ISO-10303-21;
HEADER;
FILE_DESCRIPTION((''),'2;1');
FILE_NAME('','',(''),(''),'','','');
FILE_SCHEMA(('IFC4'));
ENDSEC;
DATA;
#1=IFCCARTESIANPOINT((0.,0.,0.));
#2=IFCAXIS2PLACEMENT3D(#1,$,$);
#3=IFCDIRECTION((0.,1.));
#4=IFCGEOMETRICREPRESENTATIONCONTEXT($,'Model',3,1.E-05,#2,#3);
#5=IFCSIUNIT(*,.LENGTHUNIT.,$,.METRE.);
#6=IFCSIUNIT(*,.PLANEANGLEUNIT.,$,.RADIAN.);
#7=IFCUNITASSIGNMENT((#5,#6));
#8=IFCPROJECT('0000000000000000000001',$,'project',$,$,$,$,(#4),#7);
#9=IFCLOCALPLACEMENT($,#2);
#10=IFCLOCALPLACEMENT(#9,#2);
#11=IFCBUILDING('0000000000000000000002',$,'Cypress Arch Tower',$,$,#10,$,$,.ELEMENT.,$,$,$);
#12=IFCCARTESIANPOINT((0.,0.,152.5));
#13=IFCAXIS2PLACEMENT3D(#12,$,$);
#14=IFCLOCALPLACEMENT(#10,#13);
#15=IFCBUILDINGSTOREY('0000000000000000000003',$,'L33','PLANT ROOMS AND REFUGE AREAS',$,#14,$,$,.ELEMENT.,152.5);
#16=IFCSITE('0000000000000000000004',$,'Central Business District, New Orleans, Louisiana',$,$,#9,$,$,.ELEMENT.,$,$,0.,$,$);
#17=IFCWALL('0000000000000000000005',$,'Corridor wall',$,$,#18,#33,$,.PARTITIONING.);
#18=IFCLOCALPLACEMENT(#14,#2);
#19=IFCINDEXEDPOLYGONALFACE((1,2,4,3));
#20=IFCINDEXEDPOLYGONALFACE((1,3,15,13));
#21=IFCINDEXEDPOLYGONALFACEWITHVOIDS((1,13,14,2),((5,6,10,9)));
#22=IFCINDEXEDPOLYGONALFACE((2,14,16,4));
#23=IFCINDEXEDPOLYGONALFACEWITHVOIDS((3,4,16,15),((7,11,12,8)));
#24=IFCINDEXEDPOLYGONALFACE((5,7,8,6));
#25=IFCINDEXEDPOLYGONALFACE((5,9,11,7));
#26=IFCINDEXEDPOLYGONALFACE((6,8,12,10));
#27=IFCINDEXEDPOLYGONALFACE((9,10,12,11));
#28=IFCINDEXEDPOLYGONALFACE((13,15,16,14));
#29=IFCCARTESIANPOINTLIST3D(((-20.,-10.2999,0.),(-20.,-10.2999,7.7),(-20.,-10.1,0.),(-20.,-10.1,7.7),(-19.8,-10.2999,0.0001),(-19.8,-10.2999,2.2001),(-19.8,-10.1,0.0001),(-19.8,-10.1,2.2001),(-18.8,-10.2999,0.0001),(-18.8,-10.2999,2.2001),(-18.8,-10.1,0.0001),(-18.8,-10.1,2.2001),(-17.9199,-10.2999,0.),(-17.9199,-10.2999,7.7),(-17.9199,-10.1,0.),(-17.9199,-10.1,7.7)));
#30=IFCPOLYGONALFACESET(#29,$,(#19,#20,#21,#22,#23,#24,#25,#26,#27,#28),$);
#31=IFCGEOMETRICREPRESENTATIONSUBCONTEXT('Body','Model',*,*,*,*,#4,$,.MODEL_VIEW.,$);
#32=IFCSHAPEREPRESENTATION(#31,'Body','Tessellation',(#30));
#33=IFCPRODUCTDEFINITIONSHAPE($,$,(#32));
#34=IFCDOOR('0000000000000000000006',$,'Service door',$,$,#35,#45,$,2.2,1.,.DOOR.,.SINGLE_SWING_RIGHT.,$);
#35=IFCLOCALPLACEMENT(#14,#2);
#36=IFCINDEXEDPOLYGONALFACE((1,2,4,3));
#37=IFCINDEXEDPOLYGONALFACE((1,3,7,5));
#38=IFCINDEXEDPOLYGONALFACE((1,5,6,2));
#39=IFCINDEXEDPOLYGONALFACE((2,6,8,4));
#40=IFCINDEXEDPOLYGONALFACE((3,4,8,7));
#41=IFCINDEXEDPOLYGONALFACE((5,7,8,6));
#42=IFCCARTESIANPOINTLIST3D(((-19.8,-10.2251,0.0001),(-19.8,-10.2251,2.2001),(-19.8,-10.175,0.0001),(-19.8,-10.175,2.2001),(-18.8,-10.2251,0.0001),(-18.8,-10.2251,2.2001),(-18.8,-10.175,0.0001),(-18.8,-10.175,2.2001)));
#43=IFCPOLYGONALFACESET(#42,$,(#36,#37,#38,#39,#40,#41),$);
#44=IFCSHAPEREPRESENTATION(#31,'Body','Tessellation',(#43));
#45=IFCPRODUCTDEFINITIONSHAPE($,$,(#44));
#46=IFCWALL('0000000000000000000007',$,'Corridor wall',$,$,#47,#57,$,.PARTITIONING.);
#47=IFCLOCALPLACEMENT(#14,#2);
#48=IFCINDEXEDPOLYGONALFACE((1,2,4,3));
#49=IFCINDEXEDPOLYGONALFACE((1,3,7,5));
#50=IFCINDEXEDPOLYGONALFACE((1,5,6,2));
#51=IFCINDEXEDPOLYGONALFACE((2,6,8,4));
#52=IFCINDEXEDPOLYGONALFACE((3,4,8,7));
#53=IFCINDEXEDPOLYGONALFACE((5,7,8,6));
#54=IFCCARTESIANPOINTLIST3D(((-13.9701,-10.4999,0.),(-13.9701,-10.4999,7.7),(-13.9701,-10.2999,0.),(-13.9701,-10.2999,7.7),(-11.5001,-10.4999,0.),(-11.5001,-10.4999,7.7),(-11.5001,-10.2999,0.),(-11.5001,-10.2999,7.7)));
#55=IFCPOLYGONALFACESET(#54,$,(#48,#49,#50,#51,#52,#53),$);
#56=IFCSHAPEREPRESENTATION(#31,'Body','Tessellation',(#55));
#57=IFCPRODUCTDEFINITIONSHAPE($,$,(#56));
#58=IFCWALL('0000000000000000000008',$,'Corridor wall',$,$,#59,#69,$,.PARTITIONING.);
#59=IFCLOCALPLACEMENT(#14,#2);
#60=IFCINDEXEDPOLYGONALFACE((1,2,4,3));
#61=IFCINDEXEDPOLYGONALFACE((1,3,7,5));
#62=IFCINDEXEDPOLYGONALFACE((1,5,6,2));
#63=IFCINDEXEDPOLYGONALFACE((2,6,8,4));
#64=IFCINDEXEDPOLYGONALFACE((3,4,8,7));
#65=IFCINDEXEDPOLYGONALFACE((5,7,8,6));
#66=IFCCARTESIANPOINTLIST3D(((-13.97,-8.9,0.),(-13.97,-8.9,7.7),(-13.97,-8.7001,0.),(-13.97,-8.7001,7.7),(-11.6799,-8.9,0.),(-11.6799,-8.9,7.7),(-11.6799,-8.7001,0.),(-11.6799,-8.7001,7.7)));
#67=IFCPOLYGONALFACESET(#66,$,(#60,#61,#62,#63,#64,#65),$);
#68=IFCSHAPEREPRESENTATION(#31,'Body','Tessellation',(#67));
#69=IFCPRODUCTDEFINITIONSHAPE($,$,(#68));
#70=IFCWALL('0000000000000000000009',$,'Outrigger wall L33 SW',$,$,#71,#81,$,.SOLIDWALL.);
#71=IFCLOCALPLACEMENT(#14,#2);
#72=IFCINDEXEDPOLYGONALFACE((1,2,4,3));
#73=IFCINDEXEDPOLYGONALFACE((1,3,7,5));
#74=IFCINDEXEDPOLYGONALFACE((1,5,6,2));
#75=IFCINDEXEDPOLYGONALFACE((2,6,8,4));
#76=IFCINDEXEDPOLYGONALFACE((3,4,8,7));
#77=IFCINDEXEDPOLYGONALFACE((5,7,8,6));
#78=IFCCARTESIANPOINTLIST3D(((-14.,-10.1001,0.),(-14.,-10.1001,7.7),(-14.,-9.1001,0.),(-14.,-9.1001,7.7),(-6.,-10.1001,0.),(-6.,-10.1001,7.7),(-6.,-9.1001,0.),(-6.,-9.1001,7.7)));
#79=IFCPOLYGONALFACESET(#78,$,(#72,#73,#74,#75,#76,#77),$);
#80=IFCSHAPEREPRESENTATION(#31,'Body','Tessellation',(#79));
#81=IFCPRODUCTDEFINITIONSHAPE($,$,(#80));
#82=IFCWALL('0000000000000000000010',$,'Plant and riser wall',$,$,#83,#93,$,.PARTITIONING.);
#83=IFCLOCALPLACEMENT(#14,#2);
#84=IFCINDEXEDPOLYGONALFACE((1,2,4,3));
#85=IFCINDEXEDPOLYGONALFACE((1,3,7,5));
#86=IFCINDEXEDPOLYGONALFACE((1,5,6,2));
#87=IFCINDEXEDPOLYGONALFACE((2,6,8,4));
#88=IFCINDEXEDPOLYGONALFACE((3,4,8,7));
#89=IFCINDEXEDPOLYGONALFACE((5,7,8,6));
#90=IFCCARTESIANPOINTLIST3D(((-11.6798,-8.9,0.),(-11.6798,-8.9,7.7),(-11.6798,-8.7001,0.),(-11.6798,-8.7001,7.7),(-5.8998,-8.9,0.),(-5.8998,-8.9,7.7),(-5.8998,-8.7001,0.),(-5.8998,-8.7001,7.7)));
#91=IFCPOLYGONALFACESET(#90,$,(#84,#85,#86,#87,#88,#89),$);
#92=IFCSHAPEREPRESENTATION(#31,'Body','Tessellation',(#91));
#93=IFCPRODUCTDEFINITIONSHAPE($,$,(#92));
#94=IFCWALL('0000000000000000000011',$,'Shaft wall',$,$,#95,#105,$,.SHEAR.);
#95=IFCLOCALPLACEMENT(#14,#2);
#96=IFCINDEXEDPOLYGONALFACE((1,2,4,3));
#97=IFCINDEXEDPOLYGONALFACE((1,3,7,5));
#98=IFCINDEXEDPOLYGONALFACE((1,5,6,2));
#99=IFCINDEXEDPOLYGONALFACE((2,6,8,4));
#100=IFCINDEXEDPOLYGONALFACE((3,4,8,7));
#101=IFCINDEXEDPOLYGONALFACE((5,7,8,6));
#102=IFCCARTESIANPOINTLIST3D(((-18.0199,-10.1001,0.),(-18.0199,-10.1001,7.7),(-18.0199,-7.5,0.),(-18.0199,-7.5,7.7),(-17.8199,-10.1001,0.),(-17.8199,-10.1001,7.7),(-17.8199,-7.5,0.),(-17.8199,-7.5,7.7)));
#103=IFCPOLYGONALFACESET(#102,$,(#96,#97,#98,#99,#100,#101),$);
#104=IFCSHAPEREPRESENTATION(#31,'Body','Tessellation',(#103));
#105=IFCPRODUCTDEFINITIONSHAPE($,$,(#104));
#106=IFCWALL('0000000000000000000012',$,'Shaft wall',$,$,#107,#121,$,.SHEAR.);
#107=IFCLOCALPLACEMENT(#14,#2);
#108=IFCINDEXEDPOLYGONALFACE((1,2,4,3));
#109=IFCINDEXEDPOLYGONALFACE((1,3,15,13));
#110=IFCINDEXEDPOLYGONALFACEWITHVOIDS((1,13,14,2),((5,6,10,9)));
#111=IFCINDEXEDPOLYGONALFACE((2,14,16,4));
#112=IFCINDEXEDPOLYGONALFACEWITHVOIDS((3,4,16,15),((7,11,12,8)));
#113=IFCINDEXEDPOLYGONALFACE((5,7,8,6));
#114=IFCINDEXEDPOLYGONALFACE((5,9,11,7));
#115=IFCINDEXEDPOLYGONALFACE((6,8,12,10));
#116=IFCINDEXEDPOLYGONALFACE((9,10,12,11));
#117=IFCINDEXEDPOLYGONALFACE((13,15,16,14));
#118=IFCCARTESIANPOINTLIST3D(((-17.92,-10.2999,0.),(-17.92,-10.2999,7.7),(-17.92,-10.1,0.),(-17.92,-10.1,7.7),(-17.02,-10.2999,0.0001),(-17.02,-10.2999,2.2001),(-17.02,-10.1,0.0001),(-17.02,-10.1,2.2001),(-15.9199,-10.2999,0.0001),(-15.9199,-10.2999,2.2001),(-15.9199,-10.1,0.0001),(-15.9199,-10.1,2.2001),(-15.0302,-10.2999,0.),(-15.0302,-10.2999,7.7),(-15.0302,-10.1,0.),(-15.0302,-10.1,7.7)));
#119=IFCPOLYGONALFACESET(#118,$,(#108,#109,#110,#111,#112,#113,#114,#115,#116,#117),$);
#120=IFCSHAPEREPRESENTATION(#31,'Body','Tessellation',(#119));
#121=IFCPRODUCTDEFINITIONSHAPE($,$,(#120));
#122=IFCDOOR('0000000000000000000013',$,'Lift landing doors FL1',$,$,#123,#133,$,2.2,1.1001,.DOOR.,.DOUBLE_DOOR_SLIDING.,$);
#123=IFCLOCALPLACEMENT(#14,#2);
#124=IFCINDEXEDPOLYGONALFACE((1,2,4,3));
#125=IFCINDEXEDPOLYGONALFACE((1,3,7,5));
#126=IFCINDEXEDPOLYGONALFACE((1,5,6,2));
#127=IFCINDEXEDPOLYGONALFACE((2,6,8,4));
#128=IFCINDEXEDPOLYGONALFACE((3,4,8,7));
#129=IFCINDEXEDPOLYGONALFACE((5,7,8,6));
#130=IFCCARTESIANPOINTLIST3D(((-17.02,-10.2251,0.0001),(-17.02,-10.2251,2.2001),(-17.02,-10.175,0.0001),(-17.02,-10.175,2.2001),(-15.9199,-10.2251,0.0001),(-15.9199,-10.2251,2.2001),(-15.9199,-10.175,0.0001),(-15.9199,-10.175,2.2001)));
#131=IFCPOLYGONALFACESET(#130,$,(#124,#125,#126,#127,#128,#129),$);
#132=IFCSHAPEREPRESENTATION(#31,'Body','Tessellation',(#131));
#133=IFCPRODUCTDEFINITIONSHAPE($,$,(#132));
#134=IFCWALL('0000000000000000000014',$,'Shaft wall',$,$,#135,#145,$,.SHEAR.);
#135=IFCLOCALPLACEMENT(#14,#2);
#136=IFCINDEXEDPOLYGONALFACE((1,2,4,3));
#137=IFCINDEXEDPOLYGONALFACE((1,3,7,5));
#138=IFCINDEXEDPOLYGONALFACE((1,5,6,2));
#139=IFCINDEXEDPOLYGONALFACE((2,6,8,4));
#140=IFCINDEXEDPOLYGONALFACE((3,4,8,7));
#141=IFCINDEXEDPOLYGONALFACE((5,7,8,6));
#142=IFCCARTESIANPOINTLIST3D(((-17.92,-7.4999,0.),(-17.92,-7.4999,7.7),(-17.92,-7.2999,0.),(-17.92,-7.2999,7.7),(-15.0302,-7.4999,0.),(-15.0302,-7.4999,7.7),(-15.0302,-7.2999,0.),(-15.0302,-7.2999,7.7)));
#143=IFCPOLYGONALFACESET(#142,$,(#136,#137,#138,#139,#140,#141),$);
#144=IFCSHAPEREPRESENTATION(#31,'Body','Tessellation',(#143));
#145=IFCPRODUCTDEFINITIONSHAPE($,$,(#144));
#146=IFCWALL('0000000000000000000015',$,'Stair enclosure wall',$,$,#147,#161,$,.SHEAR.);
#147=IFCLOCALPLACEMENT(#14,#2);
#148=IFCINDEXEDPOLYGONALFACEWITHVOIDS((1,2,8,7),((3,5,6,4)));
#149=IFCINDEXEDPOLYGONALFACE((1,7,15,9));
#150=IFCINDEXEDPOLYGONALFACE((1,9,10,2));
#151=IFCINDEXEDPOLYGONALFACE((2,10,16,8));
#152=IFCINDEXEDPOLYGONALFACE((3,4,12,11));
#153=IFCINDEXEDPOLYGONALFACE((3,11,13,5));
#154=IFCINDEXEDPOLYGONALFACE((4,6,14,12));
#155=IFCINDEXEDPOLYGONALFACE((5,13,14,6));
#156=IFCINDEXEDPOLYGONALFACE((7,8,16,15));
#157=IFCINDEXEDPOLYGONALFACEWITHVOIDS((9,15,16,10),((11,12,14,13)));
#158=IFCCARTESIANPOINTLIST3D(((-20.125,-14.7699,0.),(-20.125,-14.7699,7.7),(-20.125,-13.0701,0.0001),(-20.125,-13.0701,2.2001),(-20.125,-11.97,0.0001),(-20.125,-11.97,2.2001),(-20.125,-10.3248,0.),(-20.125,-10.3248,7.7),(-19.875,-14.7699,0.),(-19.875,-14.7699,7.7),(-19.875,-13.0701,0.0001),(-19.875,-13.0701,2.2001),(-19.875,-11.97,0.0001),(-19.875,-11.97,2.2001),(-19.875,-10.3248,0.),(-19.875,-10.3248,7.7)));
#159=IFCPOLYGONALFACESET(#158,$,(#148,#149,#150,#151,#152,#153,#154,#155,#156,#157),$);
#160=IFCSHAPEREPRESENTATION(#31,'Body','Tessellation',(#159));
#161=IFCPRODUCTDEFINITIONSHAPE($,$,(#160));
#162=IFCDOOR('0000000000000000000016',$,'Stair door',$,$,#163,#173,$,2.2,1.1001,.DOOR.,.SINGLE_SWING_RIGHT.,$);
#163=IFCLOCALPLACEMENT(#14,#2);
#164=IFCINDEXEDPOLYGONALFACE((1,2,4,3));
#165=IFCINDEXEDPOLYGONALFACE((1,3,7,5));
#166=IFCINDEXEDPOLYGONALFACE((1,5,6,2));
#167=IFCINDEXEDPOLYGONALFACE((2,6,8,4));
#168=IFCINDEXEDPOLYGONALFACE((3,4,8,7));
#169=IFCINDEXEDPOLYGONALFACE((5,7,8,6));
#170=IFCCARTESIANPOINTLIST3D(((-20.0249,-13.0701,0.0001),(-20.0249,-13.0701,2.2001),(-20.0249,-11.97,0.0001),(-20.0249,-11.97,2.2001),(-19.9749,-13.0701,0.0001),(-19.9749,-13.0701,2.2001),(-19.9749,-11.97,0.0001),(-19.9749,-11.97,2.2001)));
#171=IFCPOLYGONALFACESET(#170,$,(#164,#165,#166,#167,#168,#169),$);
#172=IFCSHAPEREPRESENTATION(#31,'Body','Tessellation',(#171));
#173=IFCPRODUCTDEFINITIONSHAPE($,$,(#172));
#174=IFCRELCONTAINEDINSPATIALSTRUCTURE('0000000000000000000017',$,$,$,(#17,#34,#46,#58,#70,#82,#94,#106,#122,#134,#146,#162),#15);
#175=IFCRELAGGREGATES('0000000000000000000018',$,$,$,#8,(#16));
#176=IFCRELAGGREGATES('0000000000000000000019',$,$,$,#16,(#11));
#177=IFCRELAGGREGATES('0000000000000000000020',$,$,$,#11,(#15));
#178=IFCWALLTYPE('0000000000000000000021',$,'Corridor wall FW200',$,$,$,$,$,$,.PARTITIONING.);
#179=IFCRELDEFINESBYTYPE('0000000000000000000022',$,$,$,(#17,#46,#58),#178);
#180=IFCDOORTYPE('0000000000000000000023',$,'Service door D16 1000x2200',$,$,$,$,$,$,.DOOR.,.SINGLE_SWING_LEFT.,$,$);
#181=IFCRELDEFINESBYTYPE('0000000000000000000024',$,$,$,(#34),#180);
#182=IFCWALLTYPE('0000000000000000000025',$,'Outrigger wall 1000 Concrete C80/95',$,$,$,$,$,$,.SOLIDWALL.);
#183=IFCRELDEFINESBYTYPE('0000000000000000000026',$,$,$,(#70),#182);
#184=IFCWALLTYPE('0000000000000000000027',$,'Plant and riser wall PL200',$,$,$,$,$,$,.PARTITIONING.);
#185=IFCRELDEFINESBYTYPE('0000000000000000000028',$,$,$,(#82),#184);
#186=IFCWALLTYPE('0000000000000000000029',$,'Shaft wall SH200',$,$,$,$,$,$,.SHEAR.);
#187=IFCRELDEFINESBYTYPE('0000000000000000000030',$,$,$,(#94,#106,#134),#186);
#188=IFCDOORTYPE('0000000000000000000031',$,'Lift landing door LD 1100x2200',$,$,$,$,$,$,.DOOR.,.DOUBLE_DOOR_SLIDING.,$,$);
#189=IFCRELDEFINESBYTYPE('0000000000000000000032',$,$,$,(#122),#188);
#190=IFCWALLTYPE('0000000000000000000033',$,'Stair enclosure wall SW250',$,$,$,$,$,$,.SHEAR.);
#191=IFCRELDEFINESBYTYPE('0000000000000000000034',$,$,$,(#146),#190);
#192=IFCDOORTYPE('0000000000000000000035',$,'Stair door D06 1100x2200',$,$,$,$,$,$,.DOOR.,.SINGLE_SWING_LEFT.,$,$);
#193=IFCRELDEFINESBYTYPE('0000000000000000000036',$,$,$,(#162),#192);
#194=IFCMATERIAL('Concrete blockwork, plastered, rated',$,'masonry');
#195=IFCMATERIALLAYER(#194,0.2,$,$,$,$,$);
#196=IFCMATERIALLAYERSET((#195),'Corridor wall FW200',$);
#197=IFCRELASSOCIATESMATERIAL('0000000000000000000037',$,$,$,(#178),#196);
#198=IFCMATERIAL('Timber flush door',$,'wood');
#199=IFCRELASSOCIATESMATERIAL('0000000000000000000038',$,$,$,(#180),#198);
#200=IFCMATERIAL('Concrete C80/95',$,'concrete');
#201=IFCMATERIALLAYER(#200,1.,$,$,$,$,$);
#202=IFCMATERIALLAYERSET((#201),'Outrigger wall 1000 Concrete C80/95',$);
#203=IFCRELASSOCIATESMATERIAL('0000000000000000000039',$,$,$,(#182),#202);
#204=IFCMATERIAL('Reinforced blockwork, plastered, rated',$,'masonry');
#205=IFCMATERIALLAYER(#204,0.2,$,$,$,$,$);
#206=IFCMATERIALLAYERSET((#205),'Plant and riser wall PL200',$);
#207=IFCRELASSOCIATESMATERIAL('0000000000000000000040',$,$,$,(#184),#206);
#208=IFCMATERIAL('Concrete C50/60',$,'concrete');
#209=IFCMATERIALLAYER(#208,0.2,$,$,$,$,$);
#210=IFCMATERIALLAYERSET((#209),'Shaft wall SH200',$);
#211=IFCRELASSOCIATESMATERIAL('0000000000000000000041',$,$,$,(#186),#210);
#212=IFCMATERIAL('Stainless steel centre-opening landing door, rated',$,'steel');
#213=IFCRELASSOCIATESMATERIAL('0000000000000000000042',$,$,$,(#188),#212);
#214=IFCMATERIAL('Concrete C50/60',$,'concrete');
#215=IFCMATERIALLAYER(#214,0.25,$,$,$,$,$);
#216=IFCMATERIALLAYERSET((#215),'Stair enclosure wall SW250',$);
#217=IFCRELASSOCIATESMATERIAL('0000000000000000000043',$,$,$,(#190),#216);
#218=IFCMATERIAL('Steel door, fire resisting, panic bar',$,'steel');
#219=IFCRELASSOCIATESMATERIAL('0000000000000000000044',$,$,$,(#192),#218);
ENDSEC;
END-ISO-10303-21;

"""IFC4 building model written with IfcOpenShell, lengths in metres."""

from ifc_helpers import new_model, si_unit, direction, frame, frame_2d, origin, place, context, subcontext, project, spatial, rectangle, extrude, material, layer, layer_set, type_object, element, fill, save


model = new_model("IFC4")

# Units and contexts
model_context = context("Model", 3, precision=1e-05, world=origin(), true_north=direction((0.0, 1.0)))
body_context = subcontext(model_context, "Body", "Model", "MODEL_VIEW")
ifc_project = project(units=[si_unit("LENGTHUNIT", "METRE"), si_unit("PLANEANGLEUNIT", "RADIAN")], contexts=[model_context])

# Site, building, storey
site_placement = place(None, origin())
site = spatial("IfcSite", under=ifc_project, at=site_placement, Name="Central Business District, New Orleans, Louisiana", CompositionType="ELEMENT", RefElevation=0.0)
building_placement = place(site_placement, origin())
building = spatial("IfcBuilding", under=site, at=building_placement, Name="Cypress Arch Tower", CompositionType="ELEMENT")
storey_placement = place(building_placement, frame((0.0, 0.0, 152.5)))
storey = spatial("IfcBuildingStorey", under=building, at=storey_placement, Name="L33", Description="PLANT ROOMS AND REFUGE AREAS", CompositionType="ELEMENT", Elevation=152.5)

# Wall, opening, door
ifc_material_1 = material(Name="Concrete blockwork, plastered, rated", Category="masonry")
ifc_layer_1 = layer(ifc_material_1, 0.2)
ifc_layer_set_1 = layer_set([ifc_layer_1], Name="Corridor wall FW200")
wall_type_1 = type_object("IfcWallType", Name="Corridor wall FW200", PredefinedType="PARTITIONING", material=ifc_layer_set_1)
wall_1_placement = place(storey_placement, frame((-20.0, -10.2, 0.0), z_axis=(0.0, 0.0, 1.0), x_axis=(1.0, 0.0, 0.0)))
wall_1 = element("IfcWall", 1, at=wall_1_placement, inside=storey, type_object=wall_type_1, Name="Corridor wall", PredefinedType="PARTITIONING", context=body_context, shape_type="SweptSolid", body=[
    extrude(rectangle(XDim=2.0801, YDim=0.2, at=frame_2d((1.04, 0.0))), origin(), (0.0, 0.0, 1.0), 7.7),
])
opening_1_placement = place(wall_1_placement, frame((0.2, 0.0, 0.0)))
opening_1 = element("IfcOpeningElement", 2, at=opening_1_placement, cuts=wall_1, PredefinedType="OPENING", context=body_context, shape_type="SweptSolid", body=[
    extrude(rectangle(XDim=1.0, YDim=2.2, at=frame_2d((0.5, 1.1001))), frame((0.0, 0.1099, 0.0), z_axis=(0.0, -1.0, 0.0), x_axis=(1.0, 0.0, 0.0)), (0.0, 0.0, 1.0), 0.22),
])
ifc_material_2 = material(Name="Timber flush door", Category="wood")
door_type_1 = type_object("IfcDoorType", Name="Service door D16 1000x2200", OperationType="SINGLE_SWING_LEFT", PredefinedType="DOOR", material=ifc_material_2)
door_1_placement = place(opening_1_placement, origin())
door_1 = element("IfcDoor", 3, at=door_1_placement, inside=storey, type_object=door_type_1, Name="Service door", OperationType="SINGLE_SWING_RIGHT", OverallHeight=2.2, OverallWidth=1.0, PredefinedType="DOOR", context=body_context, shape_type="SweptSolid", body=[
    extrude(rectangle(XDim=1.0, YDim=2.2, at=frame_2d((0.5, 1.1001))), frame((0.0, 0.0249, 0.0), z_axis=(0.0, -1.0, 0.0), x_axis=(1.0, 0.0, 0.0)), (0.0, 0.0, 1.0), 0.05),
])
fill(opening_1, door_1)

# Walls
wall_2_placement = place(storey_placement, frame((-13.97, -10.3999, 0.0), z_axis=(0.0, 0.0, 1.0), x_axis=(1.0, 0.0, 0.0)))
element("IfcWall", 4, at=wall_2_placement, inside=storey, type_object=wall_type_1, Name="Corridor wall", PredefinedType="PARTITIONING", context=body_context, shape_type="SweptSolid", body=[
    extrude(rectangle(XDim=2.47, YDim=0.2, at=frame_2d((1.2349, 0.0))), origin(), (0.0, 0.0, 1.0), 7.7),
])
wall_3_placement = place(storey_placement, frame((-13.97, -8.8, 0.0), z_axis=(0.0, 0.0, 1.0), x_axis=(1.0, 0.0, 0.0)))
element("IfcWall", 5, at=wall_3_placement, inside=storey, type_object=wall_type_1, Name="Corridor wall", PredefinedType="PARTITIONING", context=body_context, shape_type="SweptSolid", body=[
    extrude(rectangle(XDim=2.29, YDim=0.2, at=frame_2d((1.145, 0.0))), origin(), (0.0, 0.0, 1.0), 7.7),
])
ifc_material_3 = material(Name="Concrete C80/95", Category="concrete")
ifc_layer_2 = layer(ifc_material_3, 1.0)
ifc_layer_set_2 = layer_set([ifc_layer_2], Name="Outrigger wall 1000 Concrete C80/95")
wall_type_2 = type_object("IfcWallType", Name="Outrigger wall 1000 Concrete C80/95", PredefinedType="SOLIDWALL", material=ifc_layer_set_2)
wall_4_placement = place(storey_placement, frame((-14.0, -9.6001, 0.0), z_axis=(0.0, 0.0, 1.0), x_axis=(1.0, 0.0, 0.0)))
element("IfcWall", 6, at=wall_4_placement, inside=storey, type_object=wall_type_2, Name="Outrigger wall L33 SW", PredefinedType="SOLIDWALL", context=body_context, shape_type="SweptSolid", body=[
    extrude(rectangle(XDim=8.0, YDim=1.0, at=frame_2d((4.0, 0.0))), origin(), (0.0, 0.0, 1.0), 7.7),
])
ifc_material_4 = material(Name="Reinforced blockwork, plastered, rated", Category="masonry")
ifc_layer_3 = layer(ifc_material_4, 0.2)
ifc_layer_set_3 = layer_set([ifc_layer_3], Name="Plant and riser wall PL200")
wall_type_3 = type_object("IfcWallType", Name="Plant and riser wall PL200", PredefinedType="PARTITIONING", material=ifc_layer_set_3)
wall_5_placement = place(storey_placement, frame((-11.6799, -8.8, 0.0), z_axis=(0.0, 0.0, 1.0), x_axis=(1.0, 0.0, 0.0)))
element("IfcWall", 7, at=wall_5_placement, inside=storey, type_object=wall_type_3, Name="Plant and riser wall", PredefinedType="PARTITIONING", context=body_context, shape_type="SweptSolid", body=[
    extrude(rectangle(XDim=5.78, YDim=0.2, at=frame_2d((2.8901, 0.0))), origin(), (0.0, 0.0, 1.0), 7.7),
])
ifc_material_5 = material(Name="Concrete C50/60", Category="concrete")
ifc_layer_4 = layer(ifc_material_5, 0.2)
ifc_layer_set_4 = layer_set([ifc_layer_4], Name="Shaft wall SH200")
wall_type_4 = type_object("IfcWallType", Name="Shaft wall SH200", PredefinedType="SHEAR", material=ifc_layer_set_4)
wall_6_placement = place(storey_placement, frame((-17.9199, -10.1001, 0.0), z_axis=(0.0, 0.0, 1.0), x_axis=(0.0, 1.0, 0.0)))
element("IfcWall", 8, at=wall_6_placement, inside=storey, type_object=wall_type_4, Name="Shaft wall", PredefinedType="SHEAR", context=body_context, shape_type="SweptSolid", body=[
    extrude(rectangle(XDim=2.6001, YDim=0.2, at=frame_2d((1.3, 0.0))), origin(), (0.0, 0.0, 1.0), 7.7),
])

# Wall, opening, door
wall_7_placement = place(storey_placement, frame((-17.9199, -10.2, 0.0), z_axis=(0.0, 0.0, 1.0), x_axis=(1.0, 0.0, 0.0)))
wall_7 = element("IfcWall", 9, at=wall_7_placement, inside=storey, type_object=wall_type_4, Name="Shaft wall", PredefinedType="SHEAR", context=body_context, shape_type="SweptSolid", body=[
    extrude(rectangle(XDim=2.8899, YDim=0.2, at=frame_2d((1.4448, 0.0))), origin(), (0.0, 0.0, 1.0), 7.7),
])
opening_2_placement = place(wall_7_placement, frame((0.8999, 0.0, 0.0)))
opening_2 = element("IfcOpeningElement", 10, at=opening_2_placement, cuts=wall_7, PredefinedType="OPENING", context=body_context, shape_type="SweptSolid", body=[
    extrude(rectangle(XDim=1.1001, YDim=2.2, at=frame_2d((0.55, 1.1001))), frame((0.0, 0.1099, 0.0), z_axis=(0.0, -1.0, 0.0), x_axis=(1.0, 0.0, 0.0)), (0.0, 0.0, 1.0), 0.22),
])
ifc_material_6 = material(Name="Stainless steel centre-opening landing door, rated", Category="steel")
door_type_2 = type_object("IfcDoorType", Name="Lift landing door LD 1100x2200", OperationType="DOUBLE_DOOR_SLIDING", PredefinedType="DOOR", material=ifc_material_6)
door_2_placement = place(opening_2_placement, origin())
door_2 = element("IfcDoor", 11, at=door_2_placement, inside=storey, type_object=door_type_2, Name="Lift landing doors FL1", OperationType="DOUBLE_DOOR_SLIDING", OverallHeight=2.2, OverallWidth=1.1001, PredefinedType="DOOR", context=body_context, shape_type="SweptSolid", body=[
    extrude(rectangle(XDim=1.1001, YDim=2.2, at=frame_2d((0.55, 1.1001))), frame((0.0, 0.0249, 0.0), z_axis=(0.0, -1.0, 0.0), x_axis=(1.0, 0.0, 0.0)), (0.0, 0.0, 1.0), 0.05),
])
fill(opening_2, door_2)

# Wall
wall_8_placement = place(storey_placement, frame((-17.9199, -7.3999, 0.0), z_axis=(0.0, 0.0, 1.0), x_axis=(1.0, 0.0, 0.0)))
element("IfcWall", 12, at=wall_8_placement, inside=storey, type_object=wall_type_4, Name="Shaft wall", PredefinedType="SHEAR", context=body_context, shape_type="SweptSolid", body=[
    extrude(rectangle(XDim=2.8899, YDim=0.2, at=frame_2d((1.4448, 0.0))), origin(), (0.0, 0.0, 1.0), 7.7),
])

# Wall, opening, door
ifc_material_7 = material(Name="Concrete C50/60", Category="concrete")
ifc_layer_5 = layer(ifc_material_7, 0.25)
ifc_layer_set_5 = layer_set([ifc_layer_5], Name="Stair enclosure wall SW250")
wall_type_5 = type_object("IfcWallType", Name="Stair enclosure wall SW250", PredefinedType="SHEAR", material=ifc_layer_set_5)
wall_9_placement = place(storey_placement, frame((-20.0, -14.77, 0.0), z_axis=(0.0, 0.0, 1.0), x_axis=(0.0, 1.0, 0.0)))
wall_9 = element("IfcWall", 13, at=wall_9_placement, inside=storey, type_object=wall_type_5, Name="Stair enclosure wall", PredefinedType="SHEAR", context=body_context, shape_type="SweptSolid", body=[
    extrude(rectangle(XDim=4.4451, YDim=0.25, at=frame_2d((2.2227, 0.0))), origin(), (0.0, 0.0, 1.0), 7.7),
])
opening_3_placement = place(wall_9_placement, frame((1.7, 0.0, 0.0)))
opening_3 = element("IfcOpeningElement", 14, at=opening_3_placement, cuts=wall_9, PredefinedType="OPENING", context=body_context, shape_type="SweptSolid", body=[
    extrude(rectangle(XDim=1.1001, YDim=2.2, at=frame_2d((0.55, 1.1001))), frame((0.0, 0.135, 0.0), z_axis=(0.0, -1.0, 0.0), x_axis=(1.0, 0.0, 0.0)), (0.0, 0.0, 1.0), 0.27),
])
ifc_material_8 = material(Name="Steel door, fire resisting, panic bar", Category="steel")
door_type_3 = type_object("IfcDoorType", Name="Stair door D06 1100x2200", OperationType="SINGLE_SWING_LEFT", PredefinedType="DOOR", material=ifc_material_8)
door_3_placement = place(opening_3_placement, origin())
door_3 = element("IfcDoor", 15, at=door_3_placement, inside=storey, type_object=door_type_3, Name="Stair door", OperationType="SINGLE_SWING_RIGHT", OverallHeight=2.2, OverallWidth=1.1001, PredefinedType="DOOR", context=body_context, shape_type="SweptSolid", body=[
    extrude(rectangle(XDim=1.1001, YDim=2.2, at=frame_2d((0.55, 1.1001))), frame((0.0, 0.0249, 0.0), z_axis=(0.0, -1.0, 0.0), x_axis=(1.0, 0.0, 0.0)), (0.0, 0.0, 1.0), 0.05),
])
fill(opening_3, door_3)

save(model, "model.ifc")
